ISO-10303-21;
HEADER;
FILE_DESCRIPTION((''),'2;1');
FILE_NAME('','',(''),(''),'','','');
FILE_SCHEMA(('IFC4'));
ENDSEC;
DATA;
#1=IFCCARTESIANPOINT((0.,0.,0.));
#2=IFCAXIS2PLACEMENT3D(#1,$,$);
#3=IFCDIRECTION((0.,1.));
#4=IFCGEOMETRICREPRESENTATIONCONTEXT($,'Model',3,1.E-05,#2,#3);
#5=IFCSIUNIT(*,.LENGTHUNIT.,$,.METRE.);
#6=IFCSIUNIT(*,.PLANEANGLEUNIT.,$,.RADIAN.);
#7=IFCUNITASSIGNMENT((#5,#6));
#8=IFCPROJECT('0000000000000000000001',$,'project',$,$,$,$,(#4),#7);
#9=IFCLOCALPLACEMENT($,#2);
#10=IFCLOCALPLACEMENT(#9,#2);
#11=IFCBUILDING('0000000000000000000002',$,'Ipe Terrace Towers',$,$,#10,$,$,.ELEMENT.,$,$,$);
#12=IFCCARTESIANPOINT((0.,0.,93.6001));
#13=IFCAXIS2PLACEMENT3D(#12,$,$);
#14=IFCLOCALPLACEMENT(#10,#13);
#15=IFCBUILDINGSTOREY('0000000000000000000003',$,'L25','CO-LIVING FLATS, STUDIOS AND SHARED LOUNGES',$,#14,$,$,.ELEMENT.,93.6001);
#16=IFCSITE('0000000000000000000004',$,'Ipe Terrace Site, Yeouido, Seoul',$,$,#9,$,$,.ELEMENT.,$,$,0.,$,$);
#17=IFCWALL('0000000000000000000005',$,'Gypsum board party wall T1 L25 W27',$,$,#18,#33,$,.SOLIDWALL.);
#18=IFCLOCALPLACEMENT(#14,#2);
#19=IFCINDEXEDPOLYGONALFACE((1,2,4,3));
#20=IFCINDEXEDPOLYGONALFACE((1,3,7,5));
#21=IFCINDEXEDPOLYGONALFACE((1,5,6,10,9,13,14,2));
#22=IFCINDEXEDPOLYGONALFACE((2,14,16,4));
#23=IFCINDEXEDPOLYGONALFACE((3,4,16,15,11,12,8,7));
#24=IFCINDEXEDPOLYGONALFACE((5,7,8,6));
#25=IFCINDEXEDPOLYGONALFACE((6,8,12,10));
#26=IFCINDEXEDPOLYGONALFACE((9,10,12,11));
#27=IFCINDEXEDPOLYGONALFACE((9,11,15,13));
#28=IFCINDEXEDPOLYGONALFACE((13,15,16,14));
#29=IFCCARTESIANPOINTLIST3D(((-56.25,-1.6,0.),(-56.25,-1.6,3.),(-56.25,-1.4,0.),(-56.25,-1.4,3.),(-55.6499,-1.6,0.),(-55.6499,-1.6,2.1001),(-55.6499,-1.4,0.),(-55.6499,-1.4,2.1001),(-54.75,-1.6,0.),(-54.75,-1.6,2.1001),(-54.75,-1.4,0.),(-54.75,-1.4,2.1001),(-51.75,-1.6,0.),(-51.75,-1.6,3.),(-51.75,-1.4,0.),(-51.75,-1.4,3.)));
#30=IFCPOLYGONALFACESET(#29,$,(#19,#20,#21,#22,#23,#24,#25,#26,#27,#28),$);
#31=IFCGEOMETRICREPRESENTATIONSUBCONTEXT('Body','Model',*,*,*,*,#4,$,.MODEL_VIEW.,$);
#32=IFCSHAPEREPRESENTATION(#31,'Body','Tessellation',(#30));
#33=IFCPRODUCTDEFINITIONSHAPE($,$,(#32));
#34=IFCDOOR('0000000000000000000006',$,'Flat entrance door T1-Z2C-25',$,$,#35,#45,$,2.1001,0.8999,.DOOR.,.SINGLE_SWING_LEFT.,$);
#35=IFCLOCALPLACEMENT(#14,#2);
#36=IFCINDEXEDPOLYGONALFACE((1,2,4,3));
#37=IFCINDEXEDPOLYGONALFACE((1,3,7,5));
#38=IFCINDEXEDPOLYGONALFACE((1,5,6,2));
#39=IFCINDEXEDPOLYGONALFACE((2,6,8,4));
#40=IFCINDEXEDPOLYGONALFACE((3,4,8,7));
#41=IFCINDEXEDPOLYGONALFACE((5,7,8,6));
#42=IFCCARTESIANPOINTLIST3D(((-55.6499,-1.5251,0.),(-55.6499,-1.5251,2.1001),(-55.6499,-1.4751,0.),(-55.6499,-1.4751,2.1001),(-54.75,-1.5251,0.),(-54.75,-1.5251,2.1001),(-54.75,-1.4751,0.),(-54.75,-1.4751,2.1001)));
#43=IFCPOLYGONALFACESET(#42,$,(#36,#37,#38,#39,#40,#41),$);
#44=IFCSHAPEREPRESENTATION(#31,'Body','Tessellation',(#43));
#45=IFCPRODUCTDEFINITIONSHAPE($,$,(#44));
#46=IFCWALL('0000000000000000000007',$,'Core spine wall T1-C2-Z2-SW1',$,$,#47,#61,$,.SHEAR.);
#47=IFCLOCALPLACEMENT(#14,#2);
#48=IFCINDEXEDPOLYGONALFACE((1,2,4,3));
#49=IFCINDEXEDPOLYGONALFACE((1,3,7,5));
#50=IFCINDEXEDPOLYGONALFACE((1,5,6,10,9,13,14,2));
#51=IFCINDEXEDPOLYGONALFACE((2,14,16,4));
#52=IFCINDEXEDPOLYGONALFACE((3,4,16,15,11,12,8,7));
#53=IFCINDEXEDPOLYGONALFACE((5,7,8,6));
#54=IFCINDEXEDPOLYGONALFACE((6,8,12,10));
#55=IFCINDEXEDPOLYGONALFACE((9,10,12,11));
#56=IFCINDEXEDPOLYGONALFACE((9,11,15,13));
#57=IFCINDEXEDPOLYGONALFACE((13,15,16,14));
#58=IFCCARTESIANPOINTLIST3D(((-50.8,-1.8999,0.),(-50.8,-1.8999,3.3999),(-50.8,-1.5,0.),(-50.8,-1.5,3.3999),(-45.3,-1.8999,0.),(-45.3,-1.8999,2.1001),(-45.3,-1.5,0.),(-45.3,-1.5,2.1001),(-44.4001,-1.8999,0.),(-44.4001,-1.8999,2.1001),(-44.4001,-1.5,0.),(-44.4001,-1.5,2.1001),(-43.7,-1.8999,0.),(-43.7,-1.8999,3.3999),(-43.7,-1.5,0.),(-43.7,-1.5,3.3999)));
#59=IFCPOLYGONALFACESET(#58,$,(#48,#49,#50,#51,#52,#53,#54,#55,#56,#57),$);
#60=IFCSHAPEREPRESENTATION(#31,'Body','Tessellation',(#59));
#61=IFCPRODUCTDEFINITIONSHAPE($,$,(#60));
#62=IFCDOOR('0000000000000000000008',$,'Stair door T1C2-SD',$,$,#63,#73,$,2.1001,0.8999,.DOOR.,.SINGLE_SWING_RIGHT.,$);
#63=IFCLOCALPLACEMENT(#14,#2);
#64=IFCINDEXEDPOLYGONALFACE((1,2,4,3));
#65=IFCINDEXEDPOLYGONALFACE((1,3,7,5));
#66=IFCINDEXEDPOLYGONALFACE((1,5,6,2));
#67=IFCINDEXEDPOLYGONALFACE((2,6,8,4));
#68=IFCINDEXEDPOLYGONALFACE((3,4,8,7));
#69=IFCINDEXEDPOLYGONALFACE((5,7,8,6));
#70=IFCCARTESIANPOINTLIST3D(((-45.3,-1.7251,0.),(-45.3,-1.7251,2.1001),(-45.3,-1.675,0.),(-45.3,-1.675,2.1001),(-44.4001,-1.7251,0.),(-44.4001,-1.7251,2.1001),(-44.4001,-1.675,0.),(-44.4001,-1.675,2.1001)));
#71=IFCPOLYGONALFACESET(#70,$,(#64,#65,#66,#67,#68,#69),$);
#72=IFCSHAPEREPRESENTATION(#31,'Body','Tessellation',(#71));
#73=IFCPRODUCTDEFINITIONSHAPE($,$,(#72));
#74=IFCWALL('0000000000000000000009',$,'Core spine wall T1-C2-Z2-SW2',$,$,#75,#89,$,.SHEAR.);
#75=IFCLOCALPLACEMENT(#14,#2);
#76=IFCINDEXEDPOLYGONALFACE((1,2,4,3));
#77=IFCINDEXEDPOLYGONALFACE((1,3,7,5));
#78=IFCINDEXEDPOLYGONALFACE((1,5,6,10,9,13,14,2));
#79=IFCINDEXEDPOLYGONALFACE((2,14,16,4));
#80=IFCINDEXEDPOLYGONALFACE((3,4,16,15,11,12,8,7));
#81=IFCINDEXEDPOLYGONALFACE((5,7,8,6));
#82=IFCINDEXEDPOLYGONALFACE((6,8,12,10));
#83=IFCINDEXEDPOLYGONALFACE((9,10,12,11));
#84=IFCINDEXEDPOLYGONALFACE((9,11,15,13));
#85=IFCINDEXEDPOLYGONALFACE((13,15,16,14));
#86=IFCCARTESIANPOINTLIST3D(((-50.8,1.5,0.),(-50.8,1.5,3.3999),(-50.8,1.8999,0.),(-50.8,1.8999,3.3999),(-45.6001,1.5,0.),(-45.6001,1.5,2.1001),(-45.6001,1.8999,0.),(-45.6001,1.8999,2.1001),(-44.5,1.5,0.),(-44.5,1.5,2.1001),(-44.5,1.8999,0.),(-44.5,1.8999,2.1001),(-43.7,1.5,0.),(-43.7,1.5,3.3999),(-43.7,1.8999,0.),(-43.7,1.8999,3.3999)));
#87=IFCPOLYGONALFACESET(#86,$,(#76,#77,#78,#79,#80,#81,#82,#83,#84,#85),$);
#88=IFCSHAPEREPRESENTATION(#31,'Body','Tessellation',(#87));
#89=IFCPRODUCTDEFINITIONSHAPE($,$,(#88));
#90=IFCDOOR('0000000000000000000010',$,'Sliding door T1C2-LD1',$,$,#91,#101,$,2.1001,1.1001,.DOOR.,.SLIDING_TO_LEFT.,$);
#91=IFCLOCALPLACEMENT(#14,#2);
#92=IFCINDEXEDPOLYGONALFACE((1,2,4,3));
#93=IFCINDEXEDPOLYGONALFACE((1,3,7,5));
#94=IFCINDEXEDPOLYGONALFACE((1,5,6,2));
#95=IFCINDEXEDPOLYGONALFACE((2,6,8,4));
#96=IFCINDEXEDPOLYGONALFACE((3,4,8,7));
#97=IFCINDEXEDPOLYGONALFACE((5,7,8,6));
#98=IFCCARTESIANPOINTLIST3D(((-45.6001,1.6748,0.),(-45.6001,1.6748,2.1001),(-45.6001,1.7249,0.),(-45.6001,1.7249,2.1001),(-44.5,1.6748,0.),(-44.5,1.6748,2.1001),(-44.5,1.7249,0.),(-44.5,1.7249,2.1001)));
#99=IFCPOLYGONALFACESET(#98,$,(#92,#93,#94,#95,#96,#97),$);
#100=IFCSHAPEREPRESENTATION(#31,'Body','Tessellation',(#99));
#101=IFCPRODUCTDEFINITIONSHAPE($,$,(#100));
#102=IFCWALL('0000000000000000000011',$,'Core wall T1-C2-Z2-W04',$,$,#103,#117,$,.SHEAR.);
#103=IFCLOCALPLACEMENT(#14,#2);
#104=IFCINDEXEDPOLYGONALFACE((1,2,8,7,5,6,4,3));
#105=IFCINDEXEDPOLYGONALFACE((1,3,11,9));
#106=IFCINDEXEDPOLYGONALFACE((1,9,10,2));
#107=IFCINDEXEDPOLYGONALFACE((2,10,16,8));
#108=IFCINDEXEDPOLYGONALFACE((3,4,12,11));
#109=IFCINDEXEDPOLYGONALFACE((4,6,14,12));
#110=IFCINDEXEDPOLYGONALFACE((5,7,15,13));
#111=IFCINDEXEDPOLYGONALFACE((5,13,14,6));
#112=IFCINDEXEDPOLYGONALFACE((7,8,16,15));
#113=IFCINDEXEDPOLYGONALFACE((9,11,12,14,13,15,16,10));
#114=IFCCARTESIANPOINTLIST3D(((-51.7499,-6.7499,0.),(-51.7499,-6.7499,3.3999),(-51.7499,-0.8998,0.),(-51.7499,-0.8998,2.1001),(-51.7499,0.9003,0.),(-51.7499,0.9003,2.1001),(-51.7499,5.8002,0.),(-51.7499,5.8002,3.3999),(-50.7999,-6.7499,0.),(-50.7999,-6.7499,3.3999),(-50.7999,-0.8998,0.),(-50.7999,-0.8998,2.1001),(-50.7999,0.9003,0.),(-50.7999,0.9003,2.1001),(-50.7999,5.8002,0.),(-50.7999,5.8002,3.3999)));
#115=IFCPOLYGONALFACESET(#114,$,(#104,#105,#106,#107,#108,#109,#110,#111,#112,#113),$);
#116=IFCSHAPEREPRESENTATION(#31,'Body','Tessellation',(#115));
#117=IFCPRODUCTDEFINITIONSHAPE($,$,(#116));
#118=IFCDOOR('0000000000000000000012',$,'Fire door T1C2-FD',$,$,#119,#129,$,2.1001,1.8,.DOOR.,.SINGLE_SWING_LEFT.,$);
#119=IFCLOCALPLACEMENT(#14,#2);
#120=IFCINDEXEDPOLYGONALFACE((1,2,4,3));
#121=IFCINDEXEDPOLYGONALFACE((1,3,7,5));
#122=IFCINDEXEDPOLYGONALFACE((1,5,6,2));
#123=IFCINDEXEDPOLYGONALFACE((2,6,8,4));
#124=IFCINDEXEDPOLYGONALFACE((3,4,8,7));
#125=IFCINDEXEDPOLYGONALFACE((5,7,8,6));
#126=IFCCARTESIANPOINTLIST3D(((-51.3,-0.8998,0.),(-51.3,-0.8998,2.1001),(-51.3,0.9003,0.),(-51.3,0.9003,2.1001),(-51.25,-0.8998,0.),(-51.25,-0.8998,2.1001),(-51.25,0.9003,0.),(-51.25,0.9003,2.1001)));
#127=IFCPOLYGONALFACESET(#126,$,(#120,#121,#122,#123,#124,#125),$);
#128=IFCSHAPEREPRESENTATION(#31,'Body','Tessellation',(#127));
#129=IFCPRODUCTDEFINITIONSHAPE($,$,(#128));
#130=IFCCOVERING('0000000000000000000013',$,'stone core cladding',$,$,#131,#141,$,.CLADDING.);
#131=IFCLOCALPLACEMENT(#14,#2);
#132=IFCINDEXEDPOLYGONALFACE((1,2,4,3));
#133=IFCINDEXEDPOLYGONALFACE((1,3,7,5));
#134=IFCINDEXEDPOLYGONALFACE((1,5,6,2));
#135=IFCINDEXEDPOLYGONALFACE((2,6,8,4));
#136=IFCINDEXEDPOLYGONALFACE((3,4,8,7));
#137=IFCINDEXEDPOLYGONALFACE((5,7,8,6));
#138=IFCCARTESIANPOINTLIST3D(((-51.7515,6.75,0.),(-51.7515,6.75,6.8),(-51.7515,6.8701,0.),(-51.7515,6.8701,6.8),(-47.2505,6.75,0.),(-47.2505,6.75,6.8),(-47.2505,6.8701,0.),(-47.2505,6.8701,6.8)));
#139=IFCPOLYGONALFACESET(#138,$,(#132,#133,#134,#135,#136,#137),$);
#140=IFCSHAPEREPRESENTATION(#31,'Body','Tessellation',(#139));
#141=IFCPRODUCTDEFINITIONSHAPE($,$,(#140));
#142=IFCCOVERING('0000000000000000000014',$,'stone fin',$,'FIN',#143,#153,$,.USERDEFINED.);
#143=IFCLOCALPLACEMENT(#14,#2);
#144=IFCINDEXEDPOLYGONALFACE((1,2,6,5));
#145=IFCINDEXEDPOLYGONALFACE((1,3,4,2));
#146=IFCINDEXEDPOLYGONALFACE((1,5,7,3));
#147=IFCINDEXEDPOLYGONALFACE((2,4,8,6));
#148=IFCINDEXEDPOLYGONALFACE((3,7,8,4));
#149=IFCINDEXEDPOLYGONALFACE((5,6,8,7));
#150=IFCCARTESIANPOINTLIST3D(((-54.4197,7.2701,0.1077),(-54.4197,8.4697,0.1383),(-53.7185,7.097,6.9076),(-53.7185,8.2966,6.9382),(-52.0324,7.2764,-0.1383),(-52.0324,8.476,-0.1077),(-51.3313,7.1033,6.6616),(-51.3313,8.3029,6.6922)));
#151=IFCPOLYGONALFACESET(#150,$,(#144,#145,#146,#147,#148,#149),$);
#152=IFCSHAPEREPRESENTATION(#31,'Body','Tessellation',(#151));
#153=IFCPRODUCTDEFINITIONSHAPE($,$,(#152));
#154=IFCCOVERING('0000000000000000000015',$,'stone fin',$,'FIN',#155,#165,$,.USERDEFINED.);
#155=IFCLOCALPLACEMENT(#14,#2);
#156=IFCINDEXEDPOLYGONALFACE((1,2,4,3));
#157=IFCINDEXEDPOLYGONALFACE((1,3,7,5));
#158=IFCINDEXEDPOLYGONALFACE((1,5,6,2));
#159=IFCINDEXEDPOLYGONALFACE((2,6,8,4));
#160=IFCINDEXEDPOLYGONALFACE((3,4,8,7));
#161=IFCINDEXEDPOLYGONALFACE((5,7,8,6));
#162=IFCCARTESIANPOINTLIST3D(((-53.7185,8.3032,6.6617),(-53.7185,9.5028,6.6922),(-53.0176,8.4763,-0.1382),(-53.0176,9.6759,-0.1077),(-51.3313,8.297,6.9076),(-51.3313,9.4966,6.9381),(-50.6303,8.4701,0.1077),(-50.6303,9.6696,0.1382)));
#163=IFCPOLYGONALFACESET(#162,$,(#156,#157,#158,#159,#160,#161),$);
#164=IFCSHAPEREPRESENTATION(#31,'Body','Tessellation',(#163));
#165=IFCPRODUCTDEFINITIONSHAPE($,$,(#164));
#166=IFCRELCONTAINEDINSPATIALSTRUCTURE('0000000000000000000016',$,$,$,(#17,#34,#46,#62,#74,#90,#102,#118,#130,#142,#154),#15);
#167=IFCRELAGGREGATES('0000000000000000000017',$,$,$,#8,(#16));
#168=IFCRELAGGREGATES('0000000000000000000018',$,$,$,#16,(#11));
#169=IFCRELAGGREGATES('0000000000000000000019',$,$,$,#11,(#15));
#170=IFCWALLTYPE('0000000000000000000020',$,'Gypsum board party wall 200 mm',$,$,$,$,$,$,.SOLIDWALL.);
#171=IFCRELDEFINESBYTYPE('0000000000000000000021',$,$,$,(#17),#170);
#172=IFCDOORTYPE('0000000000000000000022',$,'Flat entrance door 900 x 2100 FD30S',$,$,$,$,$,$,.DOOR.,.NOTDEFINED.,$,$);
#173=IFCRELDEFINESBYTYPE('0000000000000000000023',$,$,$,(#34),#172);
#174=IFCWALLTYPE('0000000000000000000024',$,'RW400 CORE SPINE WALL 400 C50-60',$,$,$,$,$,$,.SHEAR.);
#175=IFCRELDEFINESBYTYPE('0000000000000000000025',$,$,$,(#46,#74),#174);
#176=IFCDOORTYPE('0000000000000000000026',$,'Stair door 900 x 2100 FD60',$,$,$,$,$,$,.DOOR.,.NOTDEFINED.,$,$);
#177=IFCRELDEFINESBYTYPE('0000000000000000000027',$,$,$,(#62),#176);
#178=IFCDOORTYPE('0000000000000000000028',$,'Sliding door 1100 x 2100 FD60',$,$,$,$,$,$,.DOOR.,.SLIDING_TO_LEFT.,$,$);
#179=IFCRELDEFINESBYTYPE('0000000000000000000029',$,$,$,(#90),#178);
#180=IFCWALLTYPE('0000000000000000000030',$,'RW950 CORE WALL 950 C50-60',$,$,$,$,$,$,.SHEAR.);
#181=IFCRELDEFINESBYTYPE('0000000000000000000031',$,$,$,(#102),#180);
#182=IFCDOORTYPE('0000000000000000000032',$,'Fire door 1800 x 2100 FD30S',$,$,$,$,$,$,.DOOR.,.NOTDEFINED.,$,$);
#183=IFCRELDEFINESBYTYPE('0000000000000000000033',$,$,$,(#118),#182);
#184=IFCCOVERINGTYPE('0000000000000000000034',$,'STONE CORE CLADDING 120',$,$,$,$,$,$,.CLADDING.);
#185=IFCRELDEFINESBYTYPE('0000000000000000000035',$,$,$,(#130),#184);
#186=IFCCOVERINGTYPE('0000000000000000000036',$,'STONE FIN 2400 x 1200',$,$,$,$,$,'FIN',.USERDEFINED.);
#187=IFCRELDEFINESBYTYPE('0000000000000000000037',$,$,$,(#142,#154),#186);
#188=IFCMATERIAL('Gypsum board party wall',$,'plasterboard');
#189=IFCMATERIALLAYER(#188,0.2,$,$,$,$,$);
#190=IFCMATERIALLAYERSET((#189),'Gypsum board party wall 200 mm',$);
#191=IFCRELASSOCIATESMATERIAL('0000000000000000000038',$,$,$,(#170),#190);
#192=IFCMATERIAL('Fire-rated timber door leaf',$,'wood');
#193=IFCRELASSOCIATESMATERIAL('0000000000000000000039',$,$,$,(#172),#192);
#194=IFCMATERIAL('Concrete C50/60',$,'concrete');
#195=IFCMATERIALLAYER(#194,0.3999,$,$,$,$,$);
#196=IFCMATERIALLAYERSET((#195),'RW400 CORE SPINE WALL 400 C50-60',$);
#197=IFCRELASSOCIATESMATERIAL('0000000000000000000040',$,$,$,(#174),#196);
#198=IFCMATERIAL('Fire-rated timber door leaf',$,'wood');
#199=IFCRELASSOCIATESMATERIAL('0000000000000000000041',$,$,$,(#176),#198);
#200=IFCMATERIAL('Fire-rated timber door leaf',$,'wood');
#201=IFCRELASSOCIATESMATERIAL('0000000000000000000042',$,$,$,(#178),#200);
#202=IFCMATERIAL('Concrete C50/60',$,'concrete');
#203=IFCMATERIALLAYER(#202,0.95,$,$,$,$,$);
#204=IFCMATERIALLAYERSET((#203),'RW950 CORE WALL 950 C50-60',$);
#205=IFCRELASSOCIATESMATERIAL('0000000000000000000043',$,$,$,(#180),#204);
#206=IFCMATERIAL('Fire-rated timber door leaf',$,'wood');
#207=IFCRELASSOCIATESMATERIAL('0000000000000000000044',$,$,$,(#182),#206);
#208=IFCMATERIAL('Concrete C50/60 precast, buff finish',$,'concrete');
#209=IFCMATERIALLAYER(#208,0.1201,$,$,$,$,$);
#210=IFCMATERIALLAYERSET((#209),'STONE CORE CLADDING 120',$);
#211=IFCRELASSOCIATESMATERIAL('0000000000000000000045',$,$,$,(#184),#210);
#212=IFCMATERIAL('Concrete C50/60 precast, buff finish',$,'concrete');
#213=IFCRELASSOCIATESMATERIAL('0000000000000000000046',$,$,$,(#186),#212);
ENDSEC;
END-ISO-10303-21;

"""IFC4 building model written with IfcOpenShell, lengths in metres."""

from ifc_helpers import new_model, si_unit, direction, frame, frame_2d, origin, origin_2d, place, context, subcontext, project, spatial, rectangle, extrude, material, layer, layer_set, material_profile, profile_set, type_object, element, fill, save


model = new_model("IFC4")

# Units and contexts
model_context = context("Model", 3, precision=1e-05, world=origin(), true_north=direction((0.0, 1.0)))
body_context = subcontext(model_context, "Body", "Model", "MODEL_VIEW")
ifc_project = project(units=[si_unit("LENGTHUNIT", "METRE"), si_unit("PLANEANGLEUNIT", "RADIAN")], contexts=[model_context])

# Site, building, storey
site_placement = place(None, origin())
site = spatial("IfcSite", under=ifc_project, at=site_placement, Name="Ipe Terrace Site, Yeouido, Seoul", CompositionType="ELEMENT", RefElevation=0.0)
building_placement = place(site_placement, origin())
building = spatial("IfcBuilding", under=site, at=building_placement, Name="Ipe Terrace Towers", CompositionType="ELEMENT")
storey_placement = place(building_placement, frame((0.0, 0.0, 93.6001)))
storey = spatial("IfcBuildingStorey", under=building, at=storey_placement, Name="L25", Description="CO-LIVING FLATS, STUDIOS AND SHARED LOUNGES", CompositionType="ELEMENT", Elevation=93.6001)

# Walls, openings, doors
ifc_material_1 = material(Name="Gypsum board party wall", Category="plasterboard")
ifc_layer_1 = layer(ifc_material_1, 0.2)
ifc_layer_set_1 = layer_set([ifc_layer_1], Name="Gypsum board party wall 200 mm")
wall_type_1 = type_object("IfcWallType", Name="Gypsum board party wall 200 mm", PredefinedType="SOLIDWALL", material=ifc_layer_set_1)
wall_1_placement = place(storey_placement, frame((-56.25, -1.5, 0.0), z_axis=(0.0, 0.0, 1.0), x_axis=(1.0, 0.0, 0.0)))
wall_1 = element("IfcWall", 1, at=wall_1_placement, inside=storey, type_object=wall_type_1, Name="Gypsum board party wall T1 L25 W27", PredefinedType="SOLIDWALL", context=body_context, shape_type="SweptSolid", body=[
    extrude(rectangle(XDim=4.5, YDim=0.2, at=frame_2d((2.25, 0.0))), origin(), (0.0, 0.0, 1.0), 3.0),
])
opening_1_placement = place(wall_1_placement, frame((0.6001, 0.0, 0.0)))
opening_1 = element("IfcOpeningElement", 2, at=opening_1_placement, cuts=wall_1, PredefinedType="OPENING", context=body_context, shape_type="SweptSolid", body=[
    extrude(rectangle(XDim=0.8999, YDim=2.1001, at=frame_2d((0.45, 1.05))), frame((0.0, 0.1099, 0.0), z_axis=(0.0, -1.0, 0.0), x_axis=(1.0, 0.0, 0.0)), (0.0, 0.0, 1.0), 0.22),
])
ifc_material_2 = material(Name="Fire-rated timber door leaf", Category="wood")
door_type_1 = type_object("IfcDoorType", Name="Flat entrance door 900 x 2100 FD30S", OperationType="NOTDEFINED", PredefinedType="DOOR", material=ifc_material_2)
door_1_placement = place(opening_1_placement, origin())
door_1 = element("IfcDoor", 3, at=door_1_placement, inside=storey, type_object=door_type_1, Name="Flat entrance door T1-Z2C-25", OperationType="SINGLE_SWING_LEFT", OverallHeight=2.1001, OverallWidth=0.8999, PredefinedType="DOOR", context=body_context, shape_type="SweptSolid", body=[
    extrude(rectangle(XDim=0.8999, YDim=2.1001, at=frame_2d((0.45, 1.05))), frame((0.0, 0.0249, 0.0), z_axis=(0.0, -1.0, 0.0), x_axis=(1.0, 0.0, 0.0)), (0.0, 0.0, 1.0), 0.05),
])
fill(opening_1, door_1)
ifc_material_3 = material(Name="Concrete C50/60", Category="concrete")
ifc_layer_2 = layer(ifc_material_3, 0.3999)
ifc_layer_set_2 = layer_set([ifc_layer_2], Name="RW400 CORE SPINE WALL 400 C50-60")
wall_type_2 = type_object("IfcWallType", Name="RW400 CORE SPINE WALL 400 C50-60", PredefinedType="SHEAR", material=ifc_layer_set_2)
wall_2_placement = place(storey_placement, frame((-50.8, -1.7, 0.0), z_axis=(0.0, 0.0, 1.0), x_axis=(1.0, 0.0, 0.0)))
wall_2 = element("IfcWall", 4, at=wall_2_placement, inside=storey, type_object=wall_type_2, Name="Core spine wall T1-C2-Z2-SW1", PredefinedType="SHEAR", context=body_context, shape_type="SweptSolid", body=[
    extrude(rectangle(XDim=7.1001, YDim=0.3999, at=frame_2d((3.55, 0.0))), origin(), (0.0, 0.0, 1.0), 3.3999),
])
opening_2_placement = place(wall_2_placement, frame((5.5, 0.0, 0.0)))
opening_2 = element("IfcOpeningElement", 5, at=opening_2_placement, cuts=wall_2, PredefinedType="OPENING", context=body_context, shape_type="SweptSolid", body=[
    extrude(rectangle(XDim=0.8999, YDim=2.1001, at=frame_2d((0.45, 1.05))), frame((0.0, 0.21, 0.0), z_axis=(0.0, -1.0, 0.0), x_axis=(1.0, 0.0, 0.0)), (0.0, 0.0, 1.0), 0.4199),
])
ifc_material_4 = material(Name="Fire-rated timber door leaf", Category="wood")
door_type_2 = type_object("IfcDoorType", Name="Stair door 900 x 2100 FD60", OperationType="NOTDEFINED", PredefinedType="DOOR", material=ifc_material_4)
door_2_placement = place(opening_2_placement, origin())
door_2 = element("IfcDoor", 6, at=door_2_placement, inside=storey, type_object=door_type_2, Name="Stair door T1C2-SD", OperationType="SINGLE_SWING_RIGHT", OverallHeight=2.1001, OverallWidth=0.8999, PredefinedType="DOOR", context=body_context, shape_type="SweptSolid", body=[
    extrude(rectangle(XDim=0.8999, YDim=2.1001, at=frame_2d((0.45, 1.05))), frame((0.0, 0.0249, 0.0), z_axis=(0.0, -1.0, 0.0), x_axis=(1.0, 0.0, 0.0)), (0.0, 0.0, 1.0), 0.05),
])
fill(opening_2, door_2)
wall_3_placement = place(storey_placement, frame((-50.8, 1.7, 0.0), z_axis=(0.0, 0.0, 1.0), x_axis=(1.0, 0.0, 0.0)))
wall_3 = element("IfcWall", 7, at=wall_3_placement, inside=storey, type_object=wall_type_2, Name="Core spine wall T1-C2-Z2-SW2", PredefinedType="SHEAR", context=body_context, shape_type="SweptSolid", body=[
    extrude(rectangle(XDim=7.1001, YDim=0.3999, at=frame_2d((3.55, 0.0))), origin(), (0.0, 0.0, 1.0), 3.3999),
])
opening_3_placement = place(wall_3_placement, frame((5.2, 0.0, 0.0)))
opening_3 = element("IfcOpeningElement", 8, at=opening_3_placement, cuts=wall_3, PredefinedType="OPENING", context=body_context, shape_type="SweptSolid", body=[
    extrude(rectangle(XDim=1.1001, YDim=2.1001, at=frame_2d((0.55, 1.05))), frame((0.0, 0.21, 0.0), z_axis=(0.0, -1.0, 0.0), x_axis=(1.0, 0.0, 0.0)), (0.0, 0.0, 1.0), 0.4199),
])
ifc_material_5 = material(Name="Fire-rated timber door leaf", Category="wood")
door_type_3 = type_object("IfcDoorType", Name="Sliding door 1100 x 2100 FD60", OperationType="SLIDING_TO_LEFT", PredefinedType="DOOR", material=ifc_material_5)
door_3_placement = place(opening_3_placement, origin())
door_3 = element("IfcDoor", 9, at=door_3_placement, inside=storey, type_object=door_type_3, Name="Sliding door T1C2-LD1", OperationType="SLIDING_TO_LEFT", OverallHeight=2.1001, OverallWidth=1.1001, PredefinedType="DOOR", context=body_context, shape_type="SweptSolid", body=[
    extrude(rectangle(XDim=1.1001, YDim=2.1001, at=frame_2d((0.55, 1.05))), frame((0.0, 0.0249, 0.0), z_axis=(0.0, -1.0, 0.0), x_axis=(1.0, 0.0, 0.0)), (0.0, 0.0, 1.0), 0.05),
])
fill(opening_3, door_3)
ifc_material_6 = material(Name="Concrete C50/60", Category="concrete")
ifc_layer_3 = layer(ifc_material_6, 0.95)
ifc_layer_set_3 = layer_set([ifc_layer_3], Name="RW950 CORE WALL 950 C50-60")
wall_type_3 = type_object("IfcWallType", Name="RW950 CORE WALL 950 C50-60", PredefinedType="SHEAR", material=ifc_layer_set_3)
wall_4_placement = place(storey_placement, frame((-51.2749, 5.8, 0.0), z_axis=(0.0, 0.0, 1.0), x_axis=(0.0, -1.0, 0.0)))
wall_4 = element("IfcWall", 10, at=wall_4_placement, inside=storey, type_object=wall_type_3, Name="Core wall T1-C2-Z2-W04", PredefinedType="SHEAR", context=body_context, shape_type="SweptSolid", body=[
    extrude(rectangle(XDim=12.55, YDim=0.95, at=frame_2d((6.2749, 0.0))), origin(), (0.0, 0.0, 1.0), 3.3999),
])
opening_4_placement = place(wall_4_placement, frame((4.8999, 0.0, 0.0)))
opening_4 = element("IfcOpeningElement", 11, at=opening_4_placement, cuts=wall_4, PredefinedType="OPENING", context=body_context, shape_type="SweptSolid", body=[
    extrude(rectangle(XDim=1.8, YDim=2.1001, at=frame_2d((0.8999, 1.05))), frame((0.0, 0.4849, 0.0), z_axis=(0.0, -1.0, 0.0), x_axis=(1.0, 0.0, 0.0)), (0.0, 0.0, 1.0), 0.97),
])
ifc_material_7 = material(Name="Fire-rated timber door leaf", Category="wood")
door_type_4 = type_object("IfcDoorType", Name="Fire door 1800 x 2100 FD30S", OperationType="NOTDEFINED", PredefinedType="DOOR", material=ifc_material_7)
door_4_placement = place(opening_4_placement, origin())
door_4 = element("IfcDoor", 12, at=door_4_placement, inside=storey, type_object=door_type_4, Name="Fire door T1C2-FD", OperationType="SINGLE_SWING_LEFT", OverallHeight=2.1001, OverallWidth=1.8, PredefinedType="DOOR", context=body_context, shape_type="SweptSolid", body=[
    extrude(rectangle(XDim=1.8, YDim=2.1001, at=frame_2d((0.8999, 1.05))), frame((0.0, 0.0249, 0.0), z_axis=(0.0, -1.0, 0.0), x_axis=(1.0, 0.0, 0.0)), (0.0, 0.0, 1.0), 0.05),
])
fill(opening_4, door_4)

# Coverings
ifc_material_8 = material(Name="Concrete C50/60 precast, buff finish", Category="concrete")
ifc_layer_4 = layer(ifc_material_8, 0.1201)
ifc_layer_set_4 = layer_set([ifc_layer_4], Name="STONE CORE CLADDING 120")
covering_type_1 = type_object("IfcCoveringType", Name="STONE CORE CLADDING 120", PredefinedType="CLADDING", material=ifc_layer_set_4)
covering_1_placement = place(storey_placement, frame((-49.501, 6.8101, 0.0), z_axis=(0.0, 0.0, 1.0), x_axis=(-1.0, 0.0, 0.0)))
element("IfcCovering", 13, at=covering_1_placement, inside=storey, type_object=covering_type_1, Name="stone core cladding", PredefinedType="CLADDING", context=body_context, shape_type="SweptSolid", body=[
    extrude(rectangle(XDim=4.501, YDim=0.1201, at=origin_2d()), origin(), (0.0, 0.0, 1.0), 6.8),
])
ifc_material_9 = material(Name="Concrete C50/60 precast, buff finish", Category="concrete")
ifc_material_profile_1 = material_profile(ifc_material_9, rectangle(XDim=2.3999, YDim=1.2, at=origin_2d()), Name="STONE FIN 2400 x 1200")
ifc_profile_set_1 = profile_set([ifc_material_profile_1], Name="Concrete C50/60 precast, buff finish")
covering_type_2 = type_object("IfcCoveringType", Name="STONE FIN 2400 x 1200", ElementType="FIN", PredefinedType="USERDEFINED", material=ifc_profile_set_1)
for number, where, z_axis, x_axis, name in (
    (14, (-53.2261, 7.873, 0.0), (0.10254, -0.025314, 0.994407), (-0.994729, -0.002609, 0.102507), "stone fin"),
    (15, (-51.824, 9.073, 0.0), (-0.102504, -0.025314, 0.99441), (-0.994733, 0.002609, -0.102471), "stone fin"),
):
    element("IfcCovering", number, at=place(storey_placement, frame(where, z_axis=z_axis, x_axis=x_axis)), inside=storey, type_object=covering_type_2, Name=name, ObjectType="FIN", PredefinedType="USERDEFINED", context=body_context, shape_type="SweptSolid", body=[
        extrude(rectangle(XDim=2.3999, YDim=1.2, at=origin_2d()), origin(), (0.0, 0.0, 1.0), 6.8381),
    ])

save(model, "model.ifc")
